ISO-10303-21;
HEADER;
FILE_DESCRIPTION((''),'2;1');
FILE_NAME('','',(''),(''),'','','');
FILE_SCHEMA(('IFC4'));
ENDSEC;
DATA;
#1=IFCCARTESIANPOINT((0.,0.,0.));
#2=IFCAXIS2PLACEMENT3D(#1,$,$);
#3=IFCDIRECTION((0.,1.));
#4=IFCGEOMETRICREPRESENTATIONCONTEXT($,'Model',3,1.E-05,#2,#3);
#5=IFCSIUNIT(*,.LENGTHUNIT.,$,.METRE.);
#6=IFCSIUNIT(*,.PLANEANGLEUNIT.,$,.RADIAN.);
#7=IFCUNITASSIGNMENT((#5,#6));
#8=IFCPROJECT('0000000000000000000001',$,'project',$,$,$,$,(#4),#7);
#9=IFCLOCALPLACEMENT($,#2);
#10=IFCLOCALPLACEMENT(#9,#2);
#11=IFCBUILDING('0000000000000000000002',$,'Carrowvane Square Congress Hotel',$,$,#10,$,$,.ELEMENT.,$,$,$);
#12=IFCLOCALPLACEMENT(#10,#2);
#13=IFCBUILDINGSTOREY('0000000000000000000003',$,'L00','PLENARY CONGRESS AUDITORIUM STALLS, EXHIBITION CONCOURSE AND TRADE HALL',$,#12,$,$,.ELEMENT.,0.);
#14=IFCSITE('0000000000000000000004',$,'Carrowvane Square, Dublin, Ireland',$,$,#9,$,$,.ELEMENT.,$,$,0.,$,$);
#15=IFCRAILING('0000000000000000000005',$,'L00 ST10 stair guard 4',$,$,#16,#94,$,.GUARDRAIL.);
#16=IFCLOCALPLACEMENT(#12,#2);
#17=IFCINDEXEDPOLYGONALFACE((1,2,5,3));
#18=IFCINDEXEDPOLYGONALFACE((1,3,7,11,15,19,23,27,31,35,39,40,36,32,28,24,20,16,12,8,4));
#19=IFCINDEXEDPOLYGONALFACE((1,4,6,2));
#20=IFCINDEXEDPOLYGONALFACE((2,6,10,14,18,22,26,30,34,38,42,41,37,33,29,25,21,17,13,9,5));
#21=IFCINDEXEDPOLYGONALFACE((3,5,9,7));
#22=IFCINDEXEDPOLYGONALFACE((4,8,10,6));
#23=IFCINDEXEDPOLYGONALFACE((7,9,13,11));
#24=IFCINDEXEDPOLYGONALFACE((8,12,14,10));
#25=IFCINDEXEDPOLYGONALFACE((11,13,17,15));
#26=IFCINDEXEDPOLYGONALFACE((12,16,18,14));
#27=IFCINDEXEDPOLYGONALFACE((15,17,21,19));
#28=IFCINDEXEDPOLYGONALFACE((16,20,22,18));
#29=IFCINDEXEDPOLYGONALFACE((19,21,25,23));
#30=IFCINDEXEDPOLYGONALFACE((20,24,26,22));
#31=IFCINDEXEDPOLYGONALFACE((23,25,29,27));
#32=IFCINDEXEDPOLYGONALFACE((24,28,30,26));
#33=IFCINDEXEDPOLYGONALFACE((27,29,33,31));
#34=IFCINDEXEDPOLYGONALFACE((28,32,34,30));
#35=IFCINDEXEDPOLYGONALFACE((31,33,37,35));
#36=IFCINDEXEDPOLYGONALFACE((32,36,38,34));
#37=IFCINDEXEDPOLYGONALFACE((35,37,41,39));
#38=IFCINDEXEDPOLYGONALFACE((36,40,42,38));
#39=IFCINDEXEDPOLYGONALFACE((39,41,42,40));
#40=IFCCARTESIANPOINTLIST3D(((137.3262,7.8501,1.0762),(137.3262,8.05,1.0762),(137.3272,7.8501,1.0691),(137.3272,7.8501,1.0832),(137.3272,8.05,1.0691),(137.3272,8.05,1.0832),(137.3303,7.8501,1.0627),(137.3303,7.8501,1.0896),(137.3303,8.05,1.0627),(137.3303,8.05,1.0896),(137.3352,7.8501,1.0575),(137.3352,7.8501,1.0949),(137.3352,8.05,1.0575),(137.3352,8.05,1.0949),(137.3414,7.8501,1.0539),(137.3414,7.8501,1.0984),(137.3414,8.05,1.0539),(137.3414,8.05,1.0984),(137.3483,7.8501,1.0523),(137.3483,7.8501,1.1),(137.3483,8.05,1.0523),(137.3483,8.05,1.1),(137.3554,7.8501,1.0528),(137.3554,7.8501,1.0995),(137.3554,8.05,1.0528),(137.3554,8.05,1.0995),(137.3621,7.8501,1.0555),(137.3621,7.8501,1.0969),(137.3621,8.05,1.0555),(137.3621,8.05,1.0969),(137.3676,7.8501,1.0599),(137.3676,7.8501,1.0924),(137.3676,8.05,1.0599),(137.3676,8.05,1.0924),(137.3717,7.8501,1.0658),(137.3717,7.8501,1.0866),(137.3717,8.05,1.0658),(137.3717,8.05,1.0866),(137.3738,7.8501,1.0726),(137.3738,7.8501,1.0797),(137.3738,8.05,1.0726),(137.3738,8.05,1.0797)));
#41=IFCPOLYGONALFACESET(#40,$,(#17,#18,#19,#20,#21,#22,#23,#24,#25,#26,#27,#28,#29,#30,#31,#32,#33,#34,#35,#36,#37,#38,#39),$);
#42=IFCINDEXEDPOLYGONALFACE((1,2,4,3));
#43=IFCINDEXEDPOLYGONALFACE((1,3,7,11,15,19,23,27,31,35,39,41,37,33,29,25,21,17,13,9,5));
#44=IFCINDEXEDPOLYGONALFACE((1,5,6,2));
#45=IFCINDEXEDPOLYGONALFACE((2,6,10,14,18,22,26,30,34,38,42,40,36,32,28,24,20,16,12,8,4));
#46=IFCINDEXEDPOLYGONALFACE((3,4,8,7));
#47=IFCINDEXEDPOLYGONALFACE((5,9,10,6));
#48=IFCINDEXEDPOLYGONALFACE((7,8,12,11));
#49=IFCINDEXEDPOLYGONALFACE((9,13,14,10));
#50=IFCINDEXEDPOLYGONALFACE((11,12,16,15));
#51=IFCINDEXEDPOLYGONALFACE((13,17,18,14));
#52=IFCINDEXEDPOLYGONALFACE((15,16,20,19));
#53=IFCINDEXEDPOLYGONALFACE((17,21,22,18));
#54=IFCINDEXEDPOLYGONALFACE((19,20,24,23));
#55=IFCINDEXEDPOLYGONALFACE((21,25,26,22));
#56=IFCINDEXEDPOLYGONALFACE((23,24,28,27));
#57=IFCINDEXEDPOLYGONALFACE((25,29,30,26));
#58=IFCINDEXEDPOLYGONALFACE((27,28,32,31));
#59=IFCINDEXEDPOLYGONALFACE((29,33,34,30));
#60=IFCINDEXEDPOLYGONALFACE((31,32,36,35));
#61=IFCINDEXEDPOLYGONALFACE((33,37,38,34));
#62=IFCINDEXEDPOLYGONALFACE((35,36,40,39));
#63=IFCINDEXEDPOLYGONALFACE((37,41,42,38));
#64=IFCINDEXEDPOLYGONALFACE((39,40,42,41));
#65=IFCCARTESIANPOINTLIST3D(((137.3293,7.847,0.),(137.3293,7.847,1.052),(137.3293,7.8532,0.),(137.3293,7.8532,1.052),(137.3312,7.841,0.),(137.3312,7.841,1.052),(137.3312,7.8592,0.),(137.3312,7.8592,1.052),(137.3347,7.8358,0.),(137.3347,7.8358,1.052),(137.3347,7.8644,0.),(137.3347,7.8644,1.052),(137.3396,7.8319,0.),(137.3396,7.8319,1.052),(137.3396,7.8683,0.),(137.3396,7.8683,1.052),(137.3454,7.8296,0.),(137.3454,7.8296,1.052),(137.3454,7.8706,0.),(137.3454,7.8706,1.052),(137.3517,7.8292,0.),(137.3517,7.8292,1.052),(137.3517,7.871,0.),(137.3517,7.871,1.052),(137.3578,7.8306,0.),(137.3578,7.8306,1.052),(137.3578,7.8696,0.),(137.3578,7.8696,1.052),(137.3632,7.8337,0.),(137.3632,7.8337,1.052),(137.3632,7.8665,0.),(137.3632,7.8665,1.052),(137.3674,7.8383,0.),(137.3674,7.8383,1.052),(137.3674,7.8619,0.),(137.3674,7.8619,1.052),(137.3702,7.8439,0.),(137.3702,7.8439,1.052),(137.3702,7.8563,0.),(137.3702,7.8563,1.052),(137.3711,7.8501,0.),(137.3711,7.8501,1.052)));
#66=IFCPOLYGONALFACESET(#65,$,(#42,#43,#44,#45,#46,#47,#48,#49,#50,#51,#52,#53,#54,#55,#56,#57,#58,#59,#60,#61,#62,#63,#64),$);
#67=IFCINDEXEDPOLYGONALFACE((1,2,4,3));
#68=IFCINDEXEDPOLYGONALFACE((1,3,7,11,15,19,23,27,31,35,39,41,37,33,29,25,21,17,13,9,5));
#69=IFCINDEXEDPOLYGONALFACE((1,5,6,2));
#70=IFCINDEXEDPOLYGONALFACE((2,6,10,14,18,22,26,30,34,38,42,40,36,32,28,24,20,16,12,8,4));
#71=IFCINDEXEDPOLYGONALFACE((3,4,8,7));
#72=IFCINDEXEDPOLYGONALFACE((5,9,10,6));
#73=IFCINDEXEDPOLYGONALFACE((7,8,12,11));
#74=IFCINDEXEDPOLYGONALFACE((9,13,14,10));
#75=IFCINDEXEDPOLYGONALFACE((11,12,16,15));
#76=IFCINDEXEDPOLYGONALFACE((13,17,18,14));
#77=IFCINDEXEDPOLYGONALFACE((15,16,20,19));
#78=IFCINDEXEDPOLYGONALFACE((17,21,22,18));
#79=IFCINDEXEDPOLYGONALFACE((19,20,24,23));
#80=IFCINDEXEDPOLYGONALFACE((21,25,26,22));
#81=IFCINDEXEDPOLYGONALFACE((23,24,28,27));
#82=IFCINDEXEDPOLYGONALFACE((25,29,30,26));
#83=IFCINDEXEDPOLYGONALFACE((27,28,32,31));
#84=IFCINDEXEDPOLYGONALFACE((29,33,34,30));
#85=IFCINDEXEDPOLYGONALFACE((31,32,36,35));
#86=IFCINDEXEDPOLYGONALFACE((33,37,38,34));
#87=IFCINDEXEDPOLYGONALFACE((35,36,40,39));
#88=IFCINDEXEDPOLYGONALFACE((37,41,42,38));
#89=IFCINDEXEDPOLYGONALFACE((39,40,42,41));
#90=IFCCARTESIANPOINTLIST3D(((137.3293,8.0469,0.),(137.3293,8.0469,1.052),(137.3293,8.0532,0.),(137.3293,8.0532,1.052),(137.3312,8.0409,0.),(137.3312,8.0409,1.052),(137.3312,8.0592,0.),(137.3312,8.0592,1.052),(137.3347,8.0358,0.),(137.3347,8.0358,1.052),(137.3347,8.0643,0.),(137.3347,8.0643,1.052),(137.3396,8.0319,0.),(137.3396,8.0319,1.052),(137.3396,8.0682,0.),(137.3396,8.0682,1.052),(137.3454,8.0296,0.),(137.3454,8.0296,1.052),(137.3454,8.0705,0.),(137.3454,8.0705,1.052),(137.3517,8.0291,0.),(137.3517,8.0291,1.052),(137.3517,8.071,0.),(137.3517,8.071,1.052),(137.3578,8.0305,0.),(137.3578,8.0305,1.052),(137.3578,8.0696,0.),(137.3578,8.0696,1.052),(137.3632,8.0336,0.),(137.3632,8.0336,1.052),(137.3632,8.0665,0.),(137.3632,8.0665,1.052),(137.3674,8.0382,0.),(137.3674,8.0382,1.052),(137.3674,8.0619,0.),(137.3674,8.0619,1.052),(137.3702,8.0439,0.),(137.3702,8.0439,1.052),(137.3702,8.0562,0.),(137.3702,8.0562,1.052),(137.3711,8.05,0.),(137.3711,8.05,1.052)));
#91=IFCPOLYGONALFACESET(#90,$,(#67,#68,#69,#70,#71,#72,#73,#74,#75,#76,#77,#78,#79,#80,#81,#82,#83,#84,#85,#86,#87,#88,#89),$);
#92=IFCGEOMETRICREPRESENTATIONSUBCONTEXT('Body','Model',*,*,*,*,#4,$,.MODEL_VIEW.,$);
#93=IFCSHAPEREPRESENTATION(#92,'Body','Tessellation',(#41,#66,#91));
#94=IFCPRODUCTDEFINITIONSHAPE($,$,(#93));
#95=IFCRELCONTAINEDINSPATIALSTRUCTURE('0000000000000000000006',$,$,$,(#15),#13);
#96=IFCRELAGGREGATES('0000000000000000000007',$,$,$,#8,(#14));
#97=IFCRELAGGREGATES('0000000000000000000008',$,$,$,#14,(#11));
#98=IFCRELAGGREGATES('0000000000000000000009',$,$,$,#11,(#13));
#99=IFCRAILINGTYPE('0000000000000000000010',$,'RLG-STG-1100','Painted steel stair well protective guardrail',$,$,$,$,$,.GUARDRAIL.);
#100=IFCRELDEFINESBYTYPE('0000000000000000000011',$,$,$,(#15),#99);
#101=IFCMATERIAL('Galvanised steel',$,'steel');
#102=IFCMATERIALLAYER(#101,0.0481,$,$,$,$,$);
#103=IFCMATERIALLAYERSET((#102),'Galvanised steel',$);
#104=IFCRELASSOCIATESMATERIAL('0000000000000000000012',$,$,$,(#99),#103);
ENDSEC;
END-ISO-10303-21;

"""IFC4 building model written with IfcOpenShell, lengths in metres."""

from ifc_helpers import new_model, si_unit, direction, frame, origin, origin_2d, place, context, subcontext, project, spatial, circle, extrude, material, layer, layer_set, type_object, element, save


model = new_model("IFC4")

# Units and contexts
model_context = context("Model", 3, precision=1e-05, world=origin(), true_north=direction((0.0, 1.0)))
body_context = subcontext(model_context, "Body", "Model", "MODEL_VIEW")
ifc_project = project(units=[si_unit("LENGTHUNIT", "METRE"), si_unit("PLANEANGLEUNIT", "RADIAN")], contexts=[model_context])

# Site, building, storey
site_placement = place(None, origin())
site = spatial("IfcSite", under=ifc_project, at=site_placement, Name="Carrowvane Square, Dublin, Ireland", CompositionType="ELEMENT", RefElevation=0.0)
building_placement = place(site_placement, origin())
building = spatial("IfcBuilding", under=site, at=building_placement, Name="Carrowvane Square Congress Hotel", CompositionType="ELEMENT")
storey_placement = place(building_placement, origin())
storey = spatial("IfcBuildingStorey", under=building, at=storey_placement, Name="L00", Description="PLENARY CONGRESS AUDITORIUM STALLS, EXHIBITION CONCOURSE AND TRADE HALL", CompositionType="ELEMENT", Elevation=0.0)

# Railing
ifc_material_1 = material(Name="Galvanised steel", Category="steel")
ifc_layer_1 = layer(ifc_material_1, 0.0481)
ifc_layer_set_1 = layer_set([ifc_layer_1], Name="Galvanised steel")
railing_type_1 = type_object("IfcRailingType", Name="RLG-STG-1100", Description="Painted steel stair well protective guardrail", PredefinedType="GUARDRAIL", material=ifc_layer_set_1)
railing_1_placement = place(storey_placement, frame((137.3501, 7.8501, 0.0)))
element("IfcRailing", 1, at=railing_1_placement, inside=storey, type_object=railing_type_1, Name="L00 ST10 stair guard 4", PredefinedType="GUARDRAIL", context=body_context, shape_type="SweptSolid", body=[
    extrude(circle(Radius=0.0239, at=origin_2d()), frame((0.0, 0.0, 1.0762), z_axis=(0.0, 1.0, 0.0), x_axis=(-1.0, 0.0, 0.0)), (0.0, 0.0, 1.0), 0.2),
    extrude(circle(Radius=0.021, at=origin_2d()), origin(), (0.0, 0.0, 1.0), 1.052),
    extrude(circle(Radius=0.021, at=origin_2d()), frame((0.0, 0.2, 0.0)), (0.0, 0.0, 1.0), 1.052),
])

save(model, "model.ifc")
